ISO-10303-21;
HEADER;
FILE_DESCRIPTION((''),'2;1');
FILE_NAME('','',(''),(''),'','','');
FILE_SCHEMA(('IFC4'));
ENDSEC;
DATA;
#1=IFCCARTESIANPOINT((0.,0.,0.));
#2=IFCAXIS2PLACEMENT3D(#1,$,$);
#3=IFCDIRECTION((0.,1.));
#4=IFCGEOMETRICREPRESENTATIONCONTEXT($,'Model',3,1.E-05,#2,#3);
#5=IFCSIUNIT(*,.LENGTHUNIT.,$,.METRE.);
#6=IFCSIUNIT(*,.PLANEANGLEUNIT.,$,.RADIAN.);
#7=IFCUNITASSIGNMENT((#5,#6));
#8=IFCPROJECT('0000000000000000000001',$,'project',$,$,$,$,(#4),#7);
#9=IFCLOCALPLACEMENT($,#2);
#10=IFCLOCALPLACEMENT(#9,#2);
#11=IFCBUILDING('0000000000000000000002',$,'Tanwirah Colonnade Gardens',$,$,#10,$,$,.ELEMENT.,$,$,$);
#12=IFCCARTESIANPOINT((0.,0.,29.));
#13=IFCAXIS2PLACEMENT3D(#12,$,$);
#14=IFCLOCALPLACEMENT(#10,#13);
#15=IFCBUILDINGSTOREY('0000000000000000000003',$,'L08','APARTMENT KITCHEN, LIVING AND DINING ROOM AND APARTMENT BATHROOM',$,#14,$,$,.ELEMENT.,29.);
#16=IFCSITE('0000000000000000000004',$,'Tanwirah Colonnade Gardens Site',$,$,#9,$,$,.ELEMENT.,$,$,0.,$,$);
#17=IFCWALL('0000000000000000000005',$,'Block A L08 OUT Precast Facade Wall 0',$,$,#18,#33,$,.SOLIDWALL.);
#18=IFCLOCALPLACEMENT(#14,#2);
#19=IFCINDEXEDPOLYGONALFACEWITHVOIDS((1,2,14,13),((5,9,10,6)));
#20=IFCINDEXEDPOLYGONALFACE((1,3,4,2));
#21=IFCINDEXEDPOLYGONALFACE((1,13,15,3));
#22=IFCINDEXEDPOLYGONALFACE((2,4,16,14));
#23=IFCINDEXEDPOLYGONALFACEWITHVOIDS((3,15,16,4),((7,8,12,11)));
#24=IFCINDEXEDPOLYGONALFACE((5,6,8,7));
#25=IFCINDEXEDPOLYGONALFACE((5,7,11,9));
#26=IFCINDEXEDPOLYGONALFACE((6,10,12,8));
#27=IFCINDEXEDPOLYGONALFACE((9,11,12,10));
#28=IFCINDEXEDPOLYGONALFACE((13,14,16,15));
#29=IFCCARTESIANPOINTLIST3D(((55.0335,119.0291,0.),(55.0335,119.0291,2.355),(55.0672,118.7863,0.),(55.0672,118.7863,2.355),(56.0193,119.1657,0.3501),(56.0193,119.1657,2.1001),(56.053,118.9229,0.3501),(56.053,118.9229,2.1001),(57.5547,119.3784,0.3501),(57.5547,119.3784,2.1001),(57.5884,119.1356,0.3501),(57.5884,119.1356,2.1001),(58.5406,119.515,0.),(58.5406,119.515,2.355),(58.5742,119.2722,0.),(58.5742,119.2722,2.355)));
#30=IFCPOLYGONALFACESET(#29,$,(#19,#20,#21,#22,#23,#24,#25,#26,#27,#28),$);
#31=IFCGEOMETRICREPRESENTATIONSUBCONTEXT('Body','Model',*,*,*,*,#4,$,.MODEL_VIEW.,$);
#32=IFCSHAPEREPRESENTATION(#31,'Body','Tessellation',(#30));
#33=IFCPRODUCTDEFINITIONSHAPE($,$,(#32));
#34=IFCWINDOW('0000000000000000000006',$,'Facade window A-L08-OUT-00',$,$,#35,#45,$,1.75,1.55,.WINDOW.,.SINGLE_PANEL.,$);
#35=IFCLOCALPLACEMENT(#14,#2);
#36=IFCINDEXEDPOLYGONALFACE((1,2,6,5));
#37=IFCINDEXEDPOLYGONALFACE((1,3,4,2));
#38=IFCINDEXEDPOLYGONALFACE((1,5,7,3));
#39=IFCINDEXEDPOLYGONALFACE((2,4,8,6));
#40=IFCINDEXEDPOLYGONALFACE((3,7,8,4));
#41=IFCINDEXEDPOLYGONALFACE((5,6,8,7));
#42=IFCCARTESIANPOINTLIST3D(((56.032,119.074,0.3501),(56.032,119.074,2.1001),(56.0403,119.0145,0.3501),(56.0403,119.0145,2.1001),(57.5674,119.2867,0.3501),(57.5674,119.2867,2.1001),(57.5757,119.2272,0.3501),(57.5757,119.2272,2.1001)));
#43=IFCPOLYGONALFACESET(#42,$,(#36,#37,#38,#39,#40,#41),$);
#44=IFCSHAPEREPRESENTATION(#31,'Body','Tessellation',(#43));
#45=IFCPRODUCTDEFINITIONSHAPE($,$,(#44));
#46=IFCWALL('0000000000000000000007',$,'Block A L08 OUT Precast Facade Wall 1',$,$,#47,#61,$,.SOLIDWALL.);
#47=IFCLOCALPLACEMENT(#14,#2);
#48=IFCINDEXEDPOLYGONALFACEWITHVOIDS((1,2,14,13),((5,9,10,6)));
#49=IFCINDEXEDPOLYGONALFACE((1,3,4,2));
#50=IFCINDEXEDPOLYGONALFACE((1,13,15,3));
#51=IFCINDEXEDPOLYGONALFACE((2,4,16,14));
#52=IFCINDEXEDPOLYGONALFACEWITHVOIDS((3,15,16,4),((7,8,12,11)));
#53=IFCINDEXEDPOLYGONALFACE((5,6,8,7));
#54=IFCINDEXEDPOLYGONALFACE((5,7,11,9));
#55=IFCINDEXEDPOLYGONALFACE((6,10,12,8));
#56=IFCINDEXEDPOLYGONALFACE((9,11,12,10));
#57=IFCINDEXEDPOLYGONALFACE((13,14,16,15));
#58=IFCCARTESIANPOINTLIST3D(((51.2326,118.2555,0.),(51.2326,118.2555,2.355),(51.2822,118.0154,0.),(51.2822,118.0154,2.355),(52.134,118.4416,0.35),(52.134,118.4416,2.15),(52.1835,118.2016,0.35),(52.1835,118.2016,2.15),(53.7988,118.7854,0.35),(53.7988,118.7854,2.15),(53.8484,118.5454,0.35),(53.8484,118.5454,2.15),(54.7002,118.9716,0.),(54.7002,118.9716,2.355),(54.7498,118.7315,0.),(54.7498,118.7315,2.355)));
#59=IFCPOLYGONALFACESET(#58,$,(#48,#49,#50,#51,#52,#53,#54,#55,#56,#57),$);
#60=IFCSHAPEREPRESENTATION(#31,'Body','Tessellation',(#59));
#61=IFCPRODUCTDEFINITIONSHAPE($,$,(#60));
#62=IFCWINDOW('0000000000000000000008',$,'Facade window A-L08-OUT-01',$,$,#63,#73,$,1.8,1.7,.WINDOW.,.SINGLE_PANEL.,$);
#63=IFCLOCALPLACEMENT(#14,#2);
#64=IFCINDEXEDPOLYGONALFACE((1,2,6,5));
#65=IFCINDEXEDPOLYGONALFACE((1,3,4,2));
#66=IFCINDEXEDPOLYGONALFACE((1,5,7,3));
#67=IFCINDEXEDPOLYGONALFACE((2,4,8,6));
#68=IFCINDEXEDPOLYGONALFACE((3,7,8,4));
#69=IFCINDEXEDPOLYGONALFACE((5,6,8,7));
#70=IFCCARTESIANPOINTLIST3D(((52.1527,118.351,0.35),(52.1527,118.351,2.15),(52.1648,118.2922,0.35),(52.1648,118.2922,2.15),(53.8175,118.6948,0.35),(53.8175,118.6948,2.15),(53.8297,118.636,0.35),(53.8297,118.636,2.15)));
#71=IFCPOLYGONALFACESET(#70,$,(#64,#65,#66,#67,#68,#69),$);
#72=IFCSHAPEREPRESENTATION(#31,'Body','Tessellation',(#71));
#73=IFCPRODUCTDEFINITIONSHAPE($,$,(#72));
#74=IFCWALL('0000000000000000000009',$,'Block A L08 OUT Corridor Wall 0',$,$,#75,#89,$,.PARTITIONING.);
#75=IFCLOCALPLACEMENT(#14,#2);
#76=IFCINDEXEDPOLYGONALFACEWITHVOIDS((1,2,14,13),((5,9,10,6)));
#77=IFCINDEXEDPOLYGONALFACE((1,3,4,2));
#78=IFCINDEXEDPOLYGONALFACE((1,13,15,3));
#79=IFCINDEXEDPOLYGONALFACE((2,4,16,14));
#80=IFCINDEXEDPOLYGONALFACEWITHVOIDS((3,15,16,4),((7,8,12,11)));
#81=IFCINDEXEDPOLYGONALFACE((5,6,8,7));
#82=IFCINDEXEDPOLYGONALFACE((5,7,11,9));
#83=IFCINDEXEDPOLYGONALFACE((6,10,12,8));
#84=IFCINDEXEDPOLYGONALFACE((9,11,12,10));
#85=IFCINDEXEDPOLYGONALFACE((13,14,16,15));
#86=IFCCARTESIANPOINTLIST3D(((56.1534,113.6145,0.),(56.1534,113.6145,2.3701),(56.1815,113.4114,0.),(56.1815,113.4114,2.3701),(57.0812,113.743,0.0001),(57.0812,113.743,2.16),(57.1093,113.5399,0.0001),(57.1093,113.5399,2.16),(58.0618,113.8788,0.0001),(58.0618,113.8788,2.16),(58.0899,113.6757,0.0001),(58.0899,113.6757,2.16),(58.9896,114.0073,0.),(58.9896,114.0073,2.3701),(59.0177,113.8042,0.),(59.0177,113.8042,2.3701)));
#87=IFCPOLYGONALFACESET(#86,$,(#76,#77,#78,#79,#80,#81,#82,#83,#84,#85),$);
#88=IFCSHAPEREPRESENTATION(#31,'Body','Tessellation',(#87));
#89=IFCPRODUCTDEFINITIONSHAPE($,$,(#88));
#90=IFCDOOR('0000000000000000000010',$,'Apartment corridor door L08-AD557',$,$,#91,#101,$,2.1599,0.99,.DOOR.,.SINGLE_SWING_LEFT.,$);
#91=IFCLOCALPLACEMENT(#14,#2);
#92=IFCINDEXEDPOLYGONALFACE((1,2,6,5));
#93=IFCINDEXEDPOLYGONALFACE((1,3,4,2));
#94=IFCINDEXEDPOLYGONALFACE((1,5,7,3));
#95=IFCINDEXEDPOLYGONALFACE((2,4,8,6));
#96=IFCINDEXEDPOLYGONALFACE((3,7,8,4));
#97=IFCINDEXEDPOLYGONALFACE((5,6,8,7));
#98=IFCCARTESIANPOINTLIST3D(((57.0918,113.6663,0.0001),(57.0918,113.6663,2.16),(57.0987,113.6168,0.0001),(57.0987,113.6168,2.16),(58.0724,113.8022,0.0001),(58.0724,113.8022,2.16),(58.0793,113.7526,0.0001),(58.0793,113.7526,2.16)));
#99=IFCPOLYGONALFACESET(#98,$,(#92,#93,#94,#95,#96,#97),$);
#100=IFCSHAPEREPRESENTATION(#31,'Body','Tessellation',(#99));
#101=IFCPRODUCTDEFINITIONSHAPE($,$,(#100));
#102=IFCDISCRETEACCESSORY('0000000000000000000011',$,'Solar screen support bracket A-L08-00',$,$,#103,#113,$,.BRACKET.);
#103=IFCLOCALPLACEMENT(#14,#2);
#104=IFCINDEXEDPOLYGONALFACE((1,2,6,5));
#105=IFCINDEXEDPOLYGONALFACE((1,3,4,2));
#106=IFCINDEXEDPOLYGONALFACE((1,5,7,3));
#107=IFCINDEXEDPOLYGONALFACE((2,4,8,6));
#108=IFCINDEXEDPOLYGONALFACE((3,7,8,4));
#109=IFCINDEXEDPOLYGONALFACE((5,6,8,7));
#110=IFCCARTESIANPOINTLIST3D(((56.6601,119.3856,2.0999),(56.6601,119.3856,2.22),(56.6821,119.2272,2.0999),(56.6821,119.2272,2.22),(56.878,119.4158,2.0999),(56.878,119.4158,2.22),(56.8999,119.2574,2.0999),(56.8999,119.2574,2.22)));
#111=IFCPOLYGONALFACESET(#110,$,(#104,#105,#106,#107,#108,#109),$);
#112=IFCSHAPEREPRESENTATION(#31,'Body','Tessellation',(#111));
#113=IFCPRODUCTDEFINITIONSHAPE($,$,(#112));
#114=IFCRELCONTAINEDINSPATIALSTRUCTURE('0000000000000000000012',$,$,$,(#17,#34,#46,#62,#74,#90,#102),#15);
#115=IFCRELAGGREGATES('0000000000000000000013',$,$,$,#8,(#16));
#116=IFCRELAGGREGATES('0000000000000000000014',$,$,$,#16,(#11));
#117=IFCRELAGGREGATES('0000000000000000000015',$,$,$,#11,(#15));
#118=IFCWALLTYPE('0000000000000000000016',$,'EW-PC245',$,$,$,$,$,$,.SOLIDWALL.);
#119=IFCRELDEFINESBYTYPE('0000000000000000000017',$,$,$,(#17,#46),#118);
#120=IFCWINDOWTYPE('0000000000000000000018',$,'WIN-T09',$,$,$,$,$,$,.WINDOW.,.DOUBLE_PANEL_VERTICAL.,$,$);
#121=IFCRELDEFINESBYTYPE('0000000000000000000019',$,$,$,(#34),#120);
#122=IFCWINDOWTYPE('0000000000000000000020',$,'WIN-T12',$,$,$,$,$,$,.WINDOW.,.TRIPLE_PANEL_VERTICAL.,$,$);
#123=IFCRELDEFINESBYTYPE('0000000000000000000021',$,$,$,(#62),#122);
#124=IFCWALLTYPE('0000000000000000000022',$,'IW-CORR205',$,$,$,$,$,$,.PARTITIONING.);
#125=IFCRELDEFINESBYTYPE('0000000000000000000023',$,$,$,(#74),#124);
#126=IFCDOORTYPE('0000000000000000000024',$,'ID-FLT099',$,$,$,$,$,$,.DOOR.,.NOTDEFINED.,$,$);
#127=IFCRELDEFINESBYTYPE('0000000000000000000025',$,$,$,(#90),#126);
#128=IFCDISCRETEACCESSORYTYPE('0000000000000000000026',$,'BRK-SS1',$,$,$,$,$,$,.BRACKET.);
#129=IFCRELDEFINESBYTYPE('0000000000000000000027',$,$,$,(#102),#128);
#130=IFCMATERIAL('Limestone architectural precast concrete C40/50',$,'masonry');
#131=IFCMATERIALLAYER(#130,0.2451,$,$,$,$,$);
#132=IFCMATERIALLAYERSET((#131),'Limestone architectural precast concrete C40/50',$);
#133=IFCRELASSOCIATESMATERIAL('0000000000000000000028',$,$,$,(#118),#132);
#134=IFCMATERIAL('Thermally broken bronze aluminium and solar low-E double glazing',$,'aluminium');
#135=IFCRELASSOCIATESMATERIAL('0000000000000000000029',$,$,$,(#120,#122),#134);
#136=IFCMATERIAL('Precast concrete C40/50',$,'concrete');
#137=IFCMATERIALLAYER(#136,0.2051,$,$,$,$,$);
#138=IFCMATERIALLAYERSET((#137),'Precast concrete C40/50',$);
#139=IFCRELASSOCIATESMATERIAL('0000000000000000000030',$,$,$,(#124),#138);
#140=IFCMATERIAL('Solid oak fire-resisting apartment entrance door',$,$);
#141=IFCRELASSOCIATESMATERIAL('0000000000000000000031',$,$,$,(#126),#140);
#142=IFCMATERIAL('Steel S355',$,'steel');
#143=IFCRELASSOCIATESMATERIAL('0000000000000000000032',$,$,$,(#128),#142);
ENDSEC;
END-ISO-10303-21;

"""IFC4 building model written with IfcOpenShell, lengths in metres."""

from ifc_helpers import new_model, si_unit, direction, frame, frame_2d, origin, origin_2d, place, context, subcontext, project, spatial, rectangle, extrude, material, layer, layer_set, type_object, element, fill, save


model = new_model("IFC4")

# Units and contexts
model_context = context("Model", 3, precision=1e-05, world=origin(), true_north=direction((0.0, 1.0)))
body_context = subcontext(model_context, "Body", "Model", "MODEL_VIEW")
ifc_project = project(units=[si_unit("LENGTHUNIT", "METRE"), si_unit("PLANEANGLEUNIT", "RADIAN")], contexts=[model_context])

# Site, building, storey
site_placement = place(None, origin())
site = spatial("IfcSite", under=ifc_project, at=site_placement, Name="Tanwirah Colonnade Gardens Site", CompositionType="ELEMENT", RefElevation=0.0)
building_placement = place(site_placement, origin())
building = spatial("IfcBuilding", under=site, at=building_placement, Name="Tanwirah Colonnade Gardens", CompositionType="ELEMENT")
storey_placement = place(building_placement, frame((0.0, 0.0, 29.0)))
storey = spatial("IfcBuildingStorey", under=building, at=storey_placement, Name="L08", Description="APARTMENT KITCHEN, LIVING AND DINING ROOM AND APARTMENT BATHROOM", CompositionType="ELEMENT", Elevation=29.0)

# Shared definitions
ifc_material_1 = material(Name="Precast concrete C40/50", Category="concrete")

# Walls, openings, windows
ifc_material_2 = material(Name="Limestone architectural precast concrete C40/50", Category="masonry")
ifc_layer_1 = layer(ifc_material_2, 0.2451)
ifc_layer_set_1 = layer_set([ifc_layer_1], Name="Limestone architectural precast concrete C40/50")
wall_type_1 = type_object("IfcWallType", Name="EW-PC245", PredefinedType="SOLIDWALL", material=ifc_layer_set_1)
wall_1_placement = place(storey_placement, frame((58.5574, 119.3936, 0.0), z_axis=(0.0, 0.0, 1.0), x_axis=(-0.99054, -0.137221, 0.0)))
wall_1 = element("IfcWall", 1, at=wall_1_placement, inside=storey, type_object=wall_type_1, Name="Block A L08 OUT Precast Facade Wall 0", PredefinedType="SOLIDWALL", context=body_context, shape_type="SweptSolid", body=[
    extrude(rectangle(XDim=3.5405, YDim=0.2451, at=frame_2d((1.7703, 0.0))), origin(), (0.0, 0.0, 1.0), 2.355),
])
opening_1_placement = place(wall_1_placement, frame((0.9954, 0.0, 0.3501)))
opening_1 = element("IfcOpeningElement", 2, at=opening_1_placement, cuts=wall_1, PredefinedType="OPENING", context=body_context, shape_type="SweptSolid", body=[
    extrude(rectangle(XDim=1.55, YDim=1.75, at=frame_2d((0.7749, 0.875))), frame((0.0, 0.1326, 0.0), z_axis=(0.0, -1.0, 0.0), x_axis=(1.0, 0.0, 0.0)), (0.0, 0.0, 1.0), 0.2651),
])
ifc_material_3 = material(Name="Thermally broken bronze aluminium and solar low-E double glazing", Category="aluminium")
window_type_1 = type_object("IfcWindowType", Name="WIN-T09", PartitioningType="DOUBLE_PANEL_VERTICAL", PredefinedType="WINDOW", material=ifc_material_3)
window_1_placement = place(opening_1_placement, origin())
window_1 = element("IfcWindow", 3, at=window_1_placement, inside=storey, type_object=window_type_1, Name="Facade window A-L08-OUT-00", OverallHeight=1.75, OverallWidth=1.55, PartitioningType="SINGLE_PANEL", PredefinedType="WINDOW", context=body_context, shape_type="SweptSolid", body=[
    extrude(rectangle(XDim=1.55, YDim=1.75, at=frame_2d((0.7749, 0.875))), frame((0.0, 0.03, 0.0), z_axis=(0.0, -1.0, 0.0), x_axis=(1.0, 0.0, 0.0)), (0.0, 0.0, 1.0), 0.0601),
])
fill(opening_1, window_1)
wall_2_placement = place(storey_placement, frame((54.7251, 118.8516, 0.0), z_axis=(0.0, 0.0, 1.0), x_axis=(-0.979336, -0.202238, 0.0)))
wall_2 = element("IfcWall", 4, at=wall_2_placement, inside=storey, type_object=wall_type_1, Name="Block A L08 OUT Precast Facade Wall 1", PredefinedType="SOLIDWALL", context=body_context, shape_type="SweptSolid", body=[
    extrude(rectangle(XDim=3.5408, YDim=0.2451, at=frame_2d((1.7705, 0.0))), origin(), (0.0, 0.0, 1.0), 2.355),
])
opening_2_placement = place(wall_2_placement, frame((0.9204, 0.0, 0.3501)))
opening_2 = element("IfcOpeningElement", 5, at=opening_2_placement, cuts=wall_2, PredefinedType="OPENING", context=body_context, shape_type="SweptSolid", body=[
    extrude(rectangle(XDim=1.7, YDim=1.8, at=frame_2d((0.8501, 0.8999))), frame((0.0, 0.1326, 0.0), z_axis=(0.0, -1.0, 0.0), x_axis=(1.0, 0.0, 0.0)), (0.0, 0.0, 1.0), 0.2651),
])
window_type_2 = type_object("IfcWindowType", Name="WIN-T12", PartitioningType="TRIPLE_PANEL_VERTICAL", PredefinedType="WINDOW", material=ifc_material_3)
window_2_placement = place(opening_2_placement, origin())
window_2 = element("IfcWindow", 6, at=window_2_placement, inside=storey, type_object=window_type_2, Name="Facade window A-L08-OUT-01", OverallHeight=1.8, OverallWidth=1.7, PartitioningType="SINGLE_PANEL", PredefinedType="WINDOW", context=body_context, shape_type="SweptSolid", body=[
    extrude(rectangle(XDim=1.7, YDim=1.8, at=frame_2d((0.8501, 0.8999))), frame((0.0, 0.03, 0.0), z_axis=(0.0, -1.0, 0.0), x_axis=(1.0, 0.0, 0.0)), (0.0, 0.0, 1.0), 0.0601),
])
fill(opening_2, window_2)

# Wall, opening, door
ifc_layer_2 = layer(ifc_material_1, 0.2051)
ifc_layer_set_2 = layer_set([ifc_layer_2], Name="Precast concrete C40/50")
wall_type_2 = type_object("IfcWallType", Name="IW-CORR205", PredefinedType="PARTITIONING", material=ifc_layer_set_2)
wall_3_placement = place(storey_placement, frame((59.0037, 113.9058, 0.0), z_axis=(0.0, 0.0, 1.0), x_axis=(-0.990544, -0.137194, 0.0)))
wall_3 = element("IfcWall", 7, at=wall_3_placement, inside=storey, type_object=wall_type_2, Name="Block A L08 OUT Corridor Wall 0", PredefinedType="PARTITIONING", context=body_context, shape_type="SweptSolid", body=[
    extrude(rectangle(XDim=2.8633, YDim=0.2051, at=frame_2d((1.4316, 0.0))), origin(), (0.0, 0.0, 1.0), 2.3701),
])
opening_3_placement = place(wall_3_placement, frame((0.9365, 0.0, 0.0)))
opening_3 = element("IfcOpeningElement", 8, at=opening_3_placement, cuts=wall_3, PredefinedType="OPENING", context=body_context, shape_type="SweptSolid", body=[
    extrude(rectangle(XDim=0.99, YDim=2.1599, at=frame_2d((0.4951, 1.0801))), frame((0.0, 0.1125, 0.0), z_axis=(0.0, -1.0, 0.0), x_axis=(1.0, 0.0, 0.0)), (0.0, 0.0, 1.0), 0.2251),
])
ifc_material_4 = material(Name="Solid oak fire-resisting apartment entrance door")
door_type_1 = type_object("IfcDoorType", Name="ID-FLT099", OperationType="NOTDEFINED", PredefinedType="DOOR", material=ifc_material_4)
door_1_placement = place(opening_3_placement, origin())
door_1 = element("IfcDoor", 9, at=door_1_placement, inside=storey, type_object=door_type_1, Name="Apartment corridor door L08-AD557", OperationType="SINGLE_SWING_LEFT", OverallHeight=2.1599, OverallWidth=0.99, PredefinedType="DOOR", context=body_context, shape_type="SweptSolid", body=[
    extrude(rectangle(XDim=0.99, YDim=2.1599, at=frame_2d((0.4951, 1.0801))), frame((0.0, 0.0249, 0.0), z_axis=(0.0, -1.0, 0.0), x_axis=(1.0, 0.0, 0.0)), (0.0, 0.0, 1.0), 0.05),
])
fill(opening_3, door_1)

# Discrete accessory
ifc_material_5 = material(Name="Steel S355", Category="steel")
discrete_accessory_type = type_object("IfcDiscreteAccessoryType", Name="BRK-SS1", PredefinedType="BRACKET", material=ifc_material_5)
discrete_accessory_placement = place(storey_placement, frame((56.78, 119.3215, 2.0999), z_axis=(0.0, 0.0, 1.0), x_axis=(-0.990536, -0.137253, 0.0)))
element("IfcDiscreteAccessory", 10, at=discrete_accessory_placement, inside=storey, type_object=discrete_accessory_type, Name="Solar screen support bracket A-L08-00", PredefinedType="BRACKET", context=body_context, shape_type="SweptSolid", body=[
    extrude(rectangle(XDim=0.22, YDim=0.1599, at=origin_2d()), origin(), (0.0, 0.0, 1.0), 0.1201),
])

save(model, "model.ifc")
